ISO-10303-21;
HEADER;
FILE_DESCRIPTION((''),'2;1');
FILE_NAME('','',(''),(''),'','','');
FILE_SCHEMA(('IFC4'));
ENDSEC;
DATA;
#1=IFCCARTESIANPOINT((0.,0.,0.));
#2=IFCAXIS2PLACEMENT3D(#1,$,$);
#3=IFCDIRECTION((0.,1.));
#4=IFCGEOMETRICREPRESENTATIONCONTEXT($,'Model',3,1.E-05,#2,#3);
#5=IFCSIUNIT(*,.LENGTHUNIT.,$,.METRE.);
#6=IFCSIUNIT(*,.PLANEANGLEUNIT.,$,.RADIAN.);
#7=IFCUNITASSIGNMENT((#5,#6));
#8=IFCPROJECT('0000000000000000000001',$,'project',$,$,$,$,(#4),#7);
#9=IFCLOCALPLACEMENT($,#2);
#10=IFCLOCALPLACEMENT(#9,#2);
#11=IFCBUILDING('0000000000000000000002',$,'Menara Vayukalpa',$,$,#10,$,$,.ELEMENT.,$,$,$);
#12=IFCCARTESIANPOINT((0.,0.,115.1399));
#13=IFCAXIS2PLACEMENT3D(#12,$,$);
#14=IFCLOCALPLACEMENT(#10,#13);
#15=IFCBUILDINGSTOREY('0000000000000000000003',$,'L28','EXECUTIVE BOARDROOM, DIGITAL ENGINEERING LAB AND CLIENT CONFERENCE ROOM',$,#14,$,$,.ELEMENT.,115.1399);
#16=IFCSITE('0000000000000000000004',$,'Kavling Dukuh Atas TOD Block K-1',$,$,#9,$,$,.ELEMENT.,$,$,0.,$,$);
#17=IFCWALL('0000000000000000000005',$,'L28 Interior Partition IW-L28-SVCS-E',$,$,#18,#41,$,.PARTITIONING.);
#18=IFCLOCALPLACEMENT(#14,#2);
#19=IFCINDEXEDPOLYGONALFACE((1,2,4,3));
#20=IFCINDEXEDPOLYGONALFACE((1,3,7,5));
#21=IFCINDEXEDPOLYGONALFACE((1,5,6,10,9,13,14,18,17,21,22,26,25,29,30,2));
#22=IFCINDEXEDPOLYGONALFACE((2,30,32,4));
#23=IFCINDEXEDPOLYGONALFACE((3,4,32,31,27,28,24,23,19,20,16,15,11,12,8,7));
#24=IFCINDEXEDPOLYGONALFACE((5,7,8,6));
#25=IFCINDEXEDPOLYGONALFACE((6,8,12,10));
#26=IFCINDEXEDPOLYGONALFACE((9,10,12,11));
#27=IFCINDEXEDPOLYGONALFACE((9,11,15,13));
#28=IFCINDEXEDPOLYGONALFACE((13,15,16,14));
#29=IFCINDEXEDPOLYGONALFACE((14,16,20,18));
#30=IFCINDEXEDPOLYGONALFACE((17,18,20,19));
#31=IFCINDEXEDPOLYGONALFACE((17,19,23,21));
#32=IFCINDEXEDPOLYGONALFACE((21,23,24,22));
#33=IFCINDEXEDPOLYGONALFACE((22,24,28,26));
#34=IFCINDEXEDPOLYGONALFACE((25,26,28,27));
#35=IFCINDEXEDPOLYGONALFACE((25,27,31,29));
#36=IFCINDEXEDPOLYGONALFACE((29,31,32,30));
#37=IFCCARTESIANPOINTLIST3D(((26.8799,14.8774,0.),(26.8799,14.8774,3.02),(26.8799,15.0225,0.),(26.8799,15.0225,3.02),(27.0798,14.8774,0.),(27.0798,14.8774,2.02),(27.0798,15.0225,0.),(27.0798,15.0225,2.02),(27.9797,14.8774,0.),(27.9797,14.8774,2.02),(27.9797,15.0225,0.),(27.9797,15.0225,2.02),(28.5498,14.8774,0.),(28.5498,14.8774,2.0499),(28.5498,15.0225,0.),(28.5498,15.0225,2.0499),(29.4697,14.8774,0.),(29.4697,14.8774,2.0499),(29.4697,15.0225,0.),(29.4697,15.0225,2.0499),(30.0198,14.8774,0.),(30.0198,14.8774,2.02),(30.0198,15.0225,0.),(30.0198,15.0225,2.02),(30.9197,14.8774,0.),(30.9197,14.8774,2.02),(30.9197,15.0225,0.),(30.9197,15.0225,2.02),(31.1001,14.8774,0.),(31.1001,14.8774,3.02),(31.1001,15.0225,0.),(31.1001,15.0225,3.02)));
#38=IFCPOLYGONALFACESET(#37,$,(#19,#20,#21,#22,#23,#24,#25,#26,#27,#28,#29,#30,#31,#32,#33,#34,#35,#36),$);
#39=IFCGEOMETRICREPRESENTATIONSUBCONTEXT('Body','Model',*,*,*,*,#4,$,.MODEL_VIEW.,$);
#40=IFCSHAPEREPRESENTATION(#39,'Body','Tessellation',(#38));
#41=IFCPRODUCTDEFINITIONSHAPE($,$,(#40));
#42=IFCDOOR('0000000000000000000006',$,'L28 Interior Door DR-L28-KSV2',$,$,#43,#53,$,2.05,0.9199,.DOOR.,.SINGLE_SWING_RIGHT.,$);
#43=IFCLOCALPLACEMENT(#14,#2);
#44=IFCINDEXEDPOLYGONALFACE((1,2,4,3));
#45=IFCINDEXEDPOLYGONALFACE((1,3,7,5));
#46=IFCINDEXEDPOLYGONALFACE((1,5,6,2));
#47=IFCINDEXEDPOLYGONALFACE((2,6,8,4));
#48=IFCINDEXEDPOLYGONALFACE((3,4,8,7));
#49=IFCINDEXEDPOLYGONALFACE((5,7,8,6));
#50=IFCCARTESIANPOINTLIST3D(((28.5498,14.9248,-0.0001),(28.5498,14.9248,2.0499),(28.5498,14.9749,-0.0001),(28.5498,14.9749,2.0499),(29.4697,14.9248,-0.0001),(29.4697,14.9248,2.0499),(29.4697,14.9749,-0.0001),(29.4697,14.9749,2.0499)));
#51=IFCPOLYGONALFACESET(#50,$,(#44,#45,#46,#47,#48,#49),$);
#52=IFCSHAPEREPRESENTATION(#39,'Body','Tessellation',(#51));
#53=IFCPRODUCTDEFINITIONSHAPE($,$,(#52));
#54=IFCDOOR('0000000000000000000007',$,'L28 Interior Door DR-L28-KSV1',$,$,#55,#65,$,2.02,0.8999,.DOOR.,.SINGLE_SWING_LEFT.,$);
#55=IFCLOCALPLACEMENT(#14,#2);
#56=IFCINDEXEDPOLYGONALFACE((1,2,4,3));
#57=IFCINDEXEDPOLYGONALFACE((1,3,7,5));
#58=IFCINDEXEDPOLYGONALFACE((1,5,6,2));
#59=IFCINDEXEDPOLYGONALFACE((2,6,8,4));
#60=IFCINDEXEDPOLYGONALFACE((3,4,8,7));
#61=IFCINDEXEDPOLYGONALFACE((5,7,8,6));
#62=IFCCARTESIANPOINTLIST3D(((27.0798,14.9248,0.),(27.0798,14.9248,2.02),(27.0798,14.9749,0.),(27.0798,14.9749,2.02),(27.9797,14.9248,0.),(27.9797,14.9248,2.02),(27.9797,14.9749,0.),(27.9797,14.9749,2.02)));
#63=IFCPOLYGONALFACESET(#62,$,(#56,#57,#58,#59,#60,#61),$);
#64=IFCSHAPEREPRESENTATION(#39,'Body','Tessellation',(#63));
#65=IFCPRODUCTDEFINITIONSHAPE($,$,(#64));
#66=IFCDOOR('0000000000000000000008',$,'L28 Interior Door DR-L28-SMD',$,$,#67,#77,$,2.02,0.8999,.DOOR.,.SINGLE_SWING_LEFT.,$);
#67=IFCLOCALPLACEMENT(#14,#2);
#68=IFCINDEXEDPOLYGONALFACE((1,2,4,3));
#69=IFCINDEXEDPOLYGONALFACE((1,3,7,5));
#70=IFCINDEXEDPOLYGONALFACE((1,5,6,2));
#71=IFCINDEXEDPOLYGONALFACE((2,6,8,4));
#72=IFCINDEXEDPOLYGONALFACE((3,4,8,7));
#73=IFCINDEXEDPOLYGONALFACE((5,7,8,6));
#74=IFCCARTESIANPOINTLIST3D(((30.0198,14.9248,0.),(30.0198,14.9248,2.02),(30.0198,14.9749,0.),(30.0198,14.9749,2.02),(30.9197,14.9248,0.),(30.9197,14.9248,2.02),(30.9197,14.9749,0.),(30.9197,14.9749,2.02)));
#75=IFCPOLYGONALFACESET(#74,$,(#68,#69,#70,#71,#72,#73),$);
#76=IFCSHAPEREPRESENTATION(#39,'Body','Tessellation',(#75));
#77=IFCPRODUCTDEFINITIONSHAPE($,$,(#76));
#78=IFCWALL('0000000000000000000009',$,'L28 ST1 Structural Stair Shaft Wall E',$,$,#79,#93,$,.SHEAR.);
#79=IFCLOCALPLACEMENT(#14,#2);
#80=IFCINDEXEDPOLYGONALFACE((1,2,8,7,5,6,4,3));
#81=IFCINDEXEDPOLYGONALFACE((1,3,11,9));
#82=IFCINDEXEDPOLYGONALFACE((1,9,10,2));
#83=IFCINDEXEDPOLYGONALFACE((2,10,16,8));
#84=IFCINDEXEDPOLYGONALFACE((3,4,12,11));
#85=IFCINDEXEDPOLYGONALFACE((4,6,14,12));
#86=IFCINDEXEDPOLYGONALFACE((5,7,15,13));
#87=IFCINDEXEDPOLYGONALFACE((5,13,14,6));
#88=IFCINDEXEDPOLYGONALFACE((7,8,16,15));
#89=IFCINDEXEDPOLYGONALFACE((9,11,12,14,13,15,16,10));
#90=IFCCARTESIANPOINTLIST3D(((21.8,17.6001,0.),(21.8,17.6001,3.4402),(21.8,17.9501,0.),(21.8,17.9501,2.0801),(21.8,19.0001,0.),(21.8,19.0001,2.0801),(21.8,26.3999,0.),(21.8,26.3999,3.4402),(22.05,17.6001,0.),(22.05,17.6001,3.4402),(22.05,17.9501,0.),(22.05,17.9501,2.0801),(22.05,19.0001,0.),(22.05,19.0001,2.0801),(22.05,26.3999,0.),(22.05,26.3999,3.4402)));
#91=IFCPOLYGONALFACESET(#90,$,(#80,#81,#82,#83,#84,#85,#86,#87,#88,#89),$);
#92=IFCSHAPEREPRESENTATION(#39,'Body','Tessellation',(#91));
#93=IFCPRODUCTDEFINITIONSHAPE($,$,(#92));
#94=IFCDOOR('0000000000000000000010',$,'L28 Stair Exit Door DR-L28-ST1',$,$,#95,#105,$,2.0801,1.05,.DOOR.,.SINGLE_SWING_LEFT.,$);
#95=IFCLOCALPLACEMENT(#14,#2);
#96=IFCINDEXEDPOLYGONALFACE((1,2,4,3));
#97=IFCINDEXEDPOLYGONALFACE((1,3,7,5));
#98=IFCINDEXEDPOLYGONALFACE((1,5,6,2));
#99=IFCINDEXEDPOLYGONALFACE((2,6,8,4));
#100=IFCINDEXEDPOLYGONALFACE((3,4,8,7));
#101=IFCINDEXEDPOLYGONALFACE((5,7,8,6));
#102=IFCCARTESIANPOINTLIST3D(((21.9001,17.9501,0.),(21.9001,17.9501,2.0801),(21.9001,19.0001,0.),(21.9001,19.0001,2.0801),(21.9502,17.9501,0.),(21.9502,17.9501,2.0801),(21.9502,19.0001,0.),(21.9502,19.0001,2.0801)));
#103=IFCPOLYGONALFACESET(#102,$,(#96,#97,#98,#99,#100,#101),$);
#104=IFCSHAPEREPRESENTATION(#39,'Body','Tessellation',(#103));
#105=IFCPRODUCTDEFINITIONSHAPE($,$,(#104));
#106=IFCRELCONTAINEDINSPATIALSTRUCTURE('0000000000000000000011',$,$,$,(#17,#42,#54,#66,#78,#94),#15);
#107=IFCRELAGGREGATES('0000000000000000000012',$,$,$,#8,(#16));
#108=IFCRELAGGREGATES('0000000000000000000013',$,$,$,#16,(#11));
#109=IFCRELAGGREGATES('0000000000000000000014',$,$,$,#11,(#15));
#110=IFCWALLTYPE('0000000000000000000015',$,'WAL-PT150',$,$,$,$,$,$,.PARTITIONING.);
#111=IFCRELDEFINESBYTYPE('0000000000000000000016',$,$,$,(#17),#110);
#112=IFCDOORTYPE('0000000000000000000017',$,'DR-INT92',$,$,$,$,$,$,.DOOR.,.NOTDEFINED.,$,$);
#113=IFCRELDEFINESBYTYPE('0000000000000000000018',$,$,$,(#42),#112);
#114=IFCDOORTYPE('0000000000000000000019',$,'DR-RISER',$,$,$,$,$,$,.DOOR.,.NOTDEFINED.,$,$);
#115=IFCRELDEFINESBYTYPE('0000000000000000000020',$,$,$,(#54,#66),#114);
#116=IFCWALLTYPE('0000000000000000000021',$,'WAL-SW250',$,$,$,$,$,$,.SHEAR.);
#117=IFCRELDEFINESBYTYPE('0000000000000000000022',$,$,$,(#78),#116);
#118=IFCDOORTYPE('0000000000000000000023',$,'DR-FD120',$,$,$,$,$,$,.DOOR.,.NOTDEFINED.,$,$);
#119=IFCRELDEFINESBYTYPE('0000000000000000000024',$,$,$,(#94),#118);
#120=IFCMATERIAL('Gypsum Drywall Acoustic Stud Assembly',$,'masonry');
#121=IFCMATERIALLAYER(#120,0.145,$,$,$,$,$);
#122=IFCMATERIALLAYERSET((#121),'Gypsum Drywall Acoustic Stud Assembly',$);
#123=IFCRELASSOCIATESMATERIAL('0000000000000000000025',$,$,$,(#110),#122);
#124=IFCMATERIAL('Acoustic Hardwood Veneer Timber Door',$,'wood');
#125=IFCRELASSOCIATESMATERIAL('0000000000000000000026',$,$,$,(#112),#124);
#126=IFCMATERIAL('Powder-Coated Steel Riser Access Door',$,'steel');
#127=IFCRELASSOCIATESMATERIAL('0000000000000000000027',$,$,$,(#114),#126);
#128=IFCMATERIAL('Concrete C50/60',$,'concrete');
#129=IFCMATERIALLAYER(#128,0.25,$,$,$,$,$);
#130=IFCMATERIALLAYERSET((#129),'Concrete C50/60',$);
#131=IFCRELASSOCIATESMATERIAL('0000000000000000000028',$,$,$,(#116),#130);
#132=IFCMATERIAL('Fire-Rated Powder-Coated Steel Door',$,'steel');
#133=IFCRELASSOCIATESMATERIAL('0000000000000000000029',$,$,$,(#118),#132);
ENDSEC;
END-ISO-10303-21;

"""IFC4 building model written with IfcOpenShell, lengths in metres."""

from ifc_helpers import new_model, si_unit, direction, frame, frame_2d, origin, place, context, subcontext, project, spatial, rectangle, extrude, material, layer, layer_set, type_object, element, fill, save


model = new_model("IFC4")

# Units and contexts
model_context = context("Model", 3, precision=1e-05, world=origin(), true_north=direction((0.0, 1.0)))
body_context = subcontext(model_context, "Body", "Model", "MODEL_VIEW")
ifc_project = project(units=[si_unit("LENGTHUNIT", "METRE"), si_unit("PLANEANGLEUNIT", "RADIAN")], contexts=[model_context])

# Site, building, storey
site_placement = place(None, origin())
site = spatial("IfcSite", under=ifc_project, at=site_placement, Name="Kavling Dukuh Atas TOD Block K-1", CompositionType="ELEMENT", RefElevation=0.0)
building_placement = place(site_placement, origin())
building = spatial("IfcBuilding", under=site, at=building_placement, Name="Menara Vayukalpa", CompositionType="ELEMENT")
storey_placement = place(building_placement, frame((0.0, 0.0, 115.1399)))
storey = spatial("IfcBuildingStorey", under=building, at=storey_placement, Name="L28", Description="EXECUTIVE BOARDROOM, DIGITAL ENGINEERING LAB AND CLIENT CONFERENCE ROOM", CompositionType="ELEMENT", Elevation=115.1399)

# Wall, openings, doors
ifc_material_1 = material(Name="Gypsum Drywall Acoustic Stud Assembly", Category="masonry")
ifc_layer_1 = layer(ifc_material_1, 0.145)
ifc_layer_set_1 = layer_set([ifc_layer_1], Name="Gypsum Drywall Acoustic Stud Assembly")
wall_type_1 = type_object("IfcWallType", Name="WAL-PT150", PredefinedType="PARTITIONING", material=ifc_layer_set_1)
wall_1_placement = place(storey_placement, frame((26.8799, 14.95, 0.0), z_axis=(0.0, 0.0, 1.0), x_axis=(1.0, 0.0, 0.0)))
wall_1 = element("IfcWall", 1, at=wall_1_placement, inside=storey, type_object=wall_type_1, Name="L28 Interior Partition IW-L28-SVCS-E", PredefinedType="PARTITIONING", context=body_context, shape_type="SweptSolid", body=[
    extrude(rectangle(XDim=4.2202, YDim=0.145, at=frame_2d((2.1101, 0.0))), origin(), (0.0, 0.0, 1.0), 3.02),
])
opening_1_placement = place(wall_1_placement, frame((0.2, 0.0, 0.0)))
opening_1 = element("IfcOpeningElement", 2, at=opening_1_placement, cuts=wall_1, PredefinedType="OPENING", context=body_context, shape_type="SweptSolid", body=[
    extrude(rectangle(XDim=0.8999, YDim=2.02, at=frame_2d((0.45, 1.01))), frame((0.0, 0.0825, 0.0), z_axis=(0.0, -1.0, 0.0), x_axis=(1.0, 0.0, 0.0)), (0.0, 0.0, 1.0), 0.165),
])
opening_2_placement = place(wall_1_placement, frame((1.6699, 0.0, 0.0)))
opening_2 = element("IfcOpeningElement", 3, at=opening_2_placement, cuts=wall_1, PredefinedType="OPENING", context=body_context, shape_type="SweptSolid", body=[
    extrude(rectangle(XDim=0.9199, YDim=2.05, at=frame_2d((0.46, 1.0249))), frame((0.0, 0.0825, 0.0), z_axis=(0.0, -1.0, 0.0), x_axis=(1.0, 0.0, 0.0)), (0.0, 0.0, 1.0), 0.165),
])
opening_3_placement = place(wall_1_placement, frame((3.1399, 0.0, 0.0)))
opening_3 = element("IfcOpeningElement", 4, at=opening_3_placement, cuts=wall_1, PredefinedType="OPENING", context=body_context, shape_type="SweptSolid", body=[
    extrude(rectangle(XDim=0.8999, YDim=2.02, at=frame_2d((0.45, 1.01))), frame((0.0, 0.0825, 0.0), z_axis=(0.0, -1.0, 0.0), x_axis=(1.0, 0.0, 0.0)), (0.0, 0.0, 1.0), 0.165),
])
ifc_material_2 = material(Name="Acoustic Hardwood Veneer Timber Door", Category="wood")
door_type_1 = type_object("IfcDoorType", Name="DR-INT92", OperationType="NOTDEFINED", PredefinedType="DOOR", material=ifc_material_2)
door_1_placement = place(opening_2_placement, origin())
door_1 = element("IfcDoor", 5, at=door_1_placement, inside=storey, type_object=door_type_1, Name="L28 Interior Door DR-L28-KSV2", OperationType="SINGLE_SWING_RIGHT", OverallHeight=2.05, OverallWidth=0.9199, PredefinedType="DOOR", context=body_context, shape_type="SweptSolid", body=[
    extrude(rectangle(XDim=0.9199, YDim=2.05, at=frame_2d((0.46, 1.0249))), frame((0.0, 0.0249, 0.0), z_axis=(0.0, -1.0, 0.0), x_axis=(1.0, 0.0, 0.0)), (0.0, 0.0, 1.0), 0.05),
])
fill(opening_2, door_1)
ifc_material_3 = material(Name="Powder-Coated Steel Riser Access Door", Category="steel")
door_type_2 = type_object("IfcDoorType", Name="DR-RISER", OperationType="NOTDEFINED", PredefinedType="DOOR", material=ifc_material_3)
door_2_placement = place(opening_1_placement, origin())
door_2 = element("IfcDoor", 6, at=door_2_placement, inside=storey, type_object=door_type_2, Name="L28 Interior Door DR-L28-KSV1", OperationType="SINGLE_SWING_LEFT", OverallHeight=2.02, OverallWidth=0.8999, PredefinedType="DOOR", context=body_context, shape_type="SweptSolid", body=[
    extrude(rectangle(XDim=0.8999, YDim=2.02, at=frame_2d((0.45, 1.01))), frame((0.0, 0.0249, 0.0), z_axis=(0.0, -1.0, 0.0), x_axis=(1.0, 0.0, 0.0)), (0.0, 0.0, 1.0), 0.05),
])
fill(opening_1, door_2)
door_3_placement = place(opening_3_placement, origin())
door_3 = element("IfcDoor", 7, at=door_3_placement, inside=storey, type_object=door_type_2, Name="L28 Interior Door DR-L28-SMD", OperationType="SINGLE_SWING_LEFT", OverallHeight=2.02, OverallWidth=0.8999, PredefinedType="DOOR", context=body_context, shape_type="SweptSolid", body=[
    extrude(rectangle(XDim=0.8999, YDim=2.02, at=frame_2d((0.45, 1.01))), frame((0.0, 0.0249, 0.0), z_axis=(0.0, -1.0, 0.0), x_axis=(1.0, 0.0, 0.0)), (0.0, 0.0, 1.0), 0.05),
])
fill(opening_3, door_3)

# Wall, opening, door
ifc_material_4 = material(Name="Concrete C50/60", Category="concrete")
ifc_layer_2 = layer(ifc_material_4, 0.25)
ifc_layer_set_2 = layer_set([ifc_layer_2], Name="Concrete C50/60")
wall_type_2 = type_object("IfcWallType", Name="WAL-SW250", PredefinedType="SHEAR", material=ifc_layer_set_2)
wall_2_placement = place(storey_placement, frame((21.925, 17.6001, 0.0), z_axis=(0.0, 0.0, 1.0), x_axis=(0.0, 1.0, 0.0)))
wall_2 = element("IfcWall", 8, at=wall_2_placement, inside=storey, type_object=wall_type_2, Name="L28 ST1 Structural Stair Shaft Wall E", PredefinedType="SHEAR", context=body_context, shape_type="SweptSolid", body=[
    extrude(rectangle(XDim=8.7998, YDim=0.25, at=frame_2d((4.3999, 0.0))), origin(), (0.0, 0.0, 1.0), 3.4402),
])
opening_4_placement = place(wall_2_placement, frame((0.3501, 0.0, 0.0)))
opening_4 = element("IfcOpeningElement", 9, at=opening_4_placement, cuts=wall_2, PredefinedType="OPENING", context=body_context, shape_type="SweptSolid", body=[
    extrude(rectangle(XDim=1.05, YDim=2.0801, at=frame_2d((0.5249, 1.04))), frame((0.0, 0.135, 0.0), z_axis=(0.0, -1.0, 0.0), x_axis=(1.0, 0.0, 0.0)), (0.0, 0.0, 1.0), 0.27),
])
ifc_material_5 = material(Name="Fire-Rated Powder-Coated Steel Door", Category="steel")
door_type_3 = type_object("IfcDoorType", Name="DR-FD120", OperationType="NOTDEFINED", PredefinedType="DOOR", material=ifc_material_5)
door_4_placement = place(opening_4_placement, origin())
door_4 = element("IfcDoor", 10, at=door_4_placement, inside=storey, type_object=door_type_3, Name="L28 Stair Exit Door DR-L28-ST1", OperationType="SINGLE_SWING_LEFT", OverallHeight=2.0801, OverallWidth=1.05, PredefinedType="DOOR", context=body_context, shape_type="SweptSolid", body=[
    extrude(rectangle(XDim=1.05, YDim=2.0801, at=frame_2d((0.5249, 1.04))), frame((0.0, 0.0249, 0.0), z_axis=(0.0, -1.0, 0.0), x_axis=(1.0, 0.0, 0.0)), (0.0, 0.0, 1.0), 0.05),
])
fill(opening_4, door_4)

save(model, "model.ifc")
